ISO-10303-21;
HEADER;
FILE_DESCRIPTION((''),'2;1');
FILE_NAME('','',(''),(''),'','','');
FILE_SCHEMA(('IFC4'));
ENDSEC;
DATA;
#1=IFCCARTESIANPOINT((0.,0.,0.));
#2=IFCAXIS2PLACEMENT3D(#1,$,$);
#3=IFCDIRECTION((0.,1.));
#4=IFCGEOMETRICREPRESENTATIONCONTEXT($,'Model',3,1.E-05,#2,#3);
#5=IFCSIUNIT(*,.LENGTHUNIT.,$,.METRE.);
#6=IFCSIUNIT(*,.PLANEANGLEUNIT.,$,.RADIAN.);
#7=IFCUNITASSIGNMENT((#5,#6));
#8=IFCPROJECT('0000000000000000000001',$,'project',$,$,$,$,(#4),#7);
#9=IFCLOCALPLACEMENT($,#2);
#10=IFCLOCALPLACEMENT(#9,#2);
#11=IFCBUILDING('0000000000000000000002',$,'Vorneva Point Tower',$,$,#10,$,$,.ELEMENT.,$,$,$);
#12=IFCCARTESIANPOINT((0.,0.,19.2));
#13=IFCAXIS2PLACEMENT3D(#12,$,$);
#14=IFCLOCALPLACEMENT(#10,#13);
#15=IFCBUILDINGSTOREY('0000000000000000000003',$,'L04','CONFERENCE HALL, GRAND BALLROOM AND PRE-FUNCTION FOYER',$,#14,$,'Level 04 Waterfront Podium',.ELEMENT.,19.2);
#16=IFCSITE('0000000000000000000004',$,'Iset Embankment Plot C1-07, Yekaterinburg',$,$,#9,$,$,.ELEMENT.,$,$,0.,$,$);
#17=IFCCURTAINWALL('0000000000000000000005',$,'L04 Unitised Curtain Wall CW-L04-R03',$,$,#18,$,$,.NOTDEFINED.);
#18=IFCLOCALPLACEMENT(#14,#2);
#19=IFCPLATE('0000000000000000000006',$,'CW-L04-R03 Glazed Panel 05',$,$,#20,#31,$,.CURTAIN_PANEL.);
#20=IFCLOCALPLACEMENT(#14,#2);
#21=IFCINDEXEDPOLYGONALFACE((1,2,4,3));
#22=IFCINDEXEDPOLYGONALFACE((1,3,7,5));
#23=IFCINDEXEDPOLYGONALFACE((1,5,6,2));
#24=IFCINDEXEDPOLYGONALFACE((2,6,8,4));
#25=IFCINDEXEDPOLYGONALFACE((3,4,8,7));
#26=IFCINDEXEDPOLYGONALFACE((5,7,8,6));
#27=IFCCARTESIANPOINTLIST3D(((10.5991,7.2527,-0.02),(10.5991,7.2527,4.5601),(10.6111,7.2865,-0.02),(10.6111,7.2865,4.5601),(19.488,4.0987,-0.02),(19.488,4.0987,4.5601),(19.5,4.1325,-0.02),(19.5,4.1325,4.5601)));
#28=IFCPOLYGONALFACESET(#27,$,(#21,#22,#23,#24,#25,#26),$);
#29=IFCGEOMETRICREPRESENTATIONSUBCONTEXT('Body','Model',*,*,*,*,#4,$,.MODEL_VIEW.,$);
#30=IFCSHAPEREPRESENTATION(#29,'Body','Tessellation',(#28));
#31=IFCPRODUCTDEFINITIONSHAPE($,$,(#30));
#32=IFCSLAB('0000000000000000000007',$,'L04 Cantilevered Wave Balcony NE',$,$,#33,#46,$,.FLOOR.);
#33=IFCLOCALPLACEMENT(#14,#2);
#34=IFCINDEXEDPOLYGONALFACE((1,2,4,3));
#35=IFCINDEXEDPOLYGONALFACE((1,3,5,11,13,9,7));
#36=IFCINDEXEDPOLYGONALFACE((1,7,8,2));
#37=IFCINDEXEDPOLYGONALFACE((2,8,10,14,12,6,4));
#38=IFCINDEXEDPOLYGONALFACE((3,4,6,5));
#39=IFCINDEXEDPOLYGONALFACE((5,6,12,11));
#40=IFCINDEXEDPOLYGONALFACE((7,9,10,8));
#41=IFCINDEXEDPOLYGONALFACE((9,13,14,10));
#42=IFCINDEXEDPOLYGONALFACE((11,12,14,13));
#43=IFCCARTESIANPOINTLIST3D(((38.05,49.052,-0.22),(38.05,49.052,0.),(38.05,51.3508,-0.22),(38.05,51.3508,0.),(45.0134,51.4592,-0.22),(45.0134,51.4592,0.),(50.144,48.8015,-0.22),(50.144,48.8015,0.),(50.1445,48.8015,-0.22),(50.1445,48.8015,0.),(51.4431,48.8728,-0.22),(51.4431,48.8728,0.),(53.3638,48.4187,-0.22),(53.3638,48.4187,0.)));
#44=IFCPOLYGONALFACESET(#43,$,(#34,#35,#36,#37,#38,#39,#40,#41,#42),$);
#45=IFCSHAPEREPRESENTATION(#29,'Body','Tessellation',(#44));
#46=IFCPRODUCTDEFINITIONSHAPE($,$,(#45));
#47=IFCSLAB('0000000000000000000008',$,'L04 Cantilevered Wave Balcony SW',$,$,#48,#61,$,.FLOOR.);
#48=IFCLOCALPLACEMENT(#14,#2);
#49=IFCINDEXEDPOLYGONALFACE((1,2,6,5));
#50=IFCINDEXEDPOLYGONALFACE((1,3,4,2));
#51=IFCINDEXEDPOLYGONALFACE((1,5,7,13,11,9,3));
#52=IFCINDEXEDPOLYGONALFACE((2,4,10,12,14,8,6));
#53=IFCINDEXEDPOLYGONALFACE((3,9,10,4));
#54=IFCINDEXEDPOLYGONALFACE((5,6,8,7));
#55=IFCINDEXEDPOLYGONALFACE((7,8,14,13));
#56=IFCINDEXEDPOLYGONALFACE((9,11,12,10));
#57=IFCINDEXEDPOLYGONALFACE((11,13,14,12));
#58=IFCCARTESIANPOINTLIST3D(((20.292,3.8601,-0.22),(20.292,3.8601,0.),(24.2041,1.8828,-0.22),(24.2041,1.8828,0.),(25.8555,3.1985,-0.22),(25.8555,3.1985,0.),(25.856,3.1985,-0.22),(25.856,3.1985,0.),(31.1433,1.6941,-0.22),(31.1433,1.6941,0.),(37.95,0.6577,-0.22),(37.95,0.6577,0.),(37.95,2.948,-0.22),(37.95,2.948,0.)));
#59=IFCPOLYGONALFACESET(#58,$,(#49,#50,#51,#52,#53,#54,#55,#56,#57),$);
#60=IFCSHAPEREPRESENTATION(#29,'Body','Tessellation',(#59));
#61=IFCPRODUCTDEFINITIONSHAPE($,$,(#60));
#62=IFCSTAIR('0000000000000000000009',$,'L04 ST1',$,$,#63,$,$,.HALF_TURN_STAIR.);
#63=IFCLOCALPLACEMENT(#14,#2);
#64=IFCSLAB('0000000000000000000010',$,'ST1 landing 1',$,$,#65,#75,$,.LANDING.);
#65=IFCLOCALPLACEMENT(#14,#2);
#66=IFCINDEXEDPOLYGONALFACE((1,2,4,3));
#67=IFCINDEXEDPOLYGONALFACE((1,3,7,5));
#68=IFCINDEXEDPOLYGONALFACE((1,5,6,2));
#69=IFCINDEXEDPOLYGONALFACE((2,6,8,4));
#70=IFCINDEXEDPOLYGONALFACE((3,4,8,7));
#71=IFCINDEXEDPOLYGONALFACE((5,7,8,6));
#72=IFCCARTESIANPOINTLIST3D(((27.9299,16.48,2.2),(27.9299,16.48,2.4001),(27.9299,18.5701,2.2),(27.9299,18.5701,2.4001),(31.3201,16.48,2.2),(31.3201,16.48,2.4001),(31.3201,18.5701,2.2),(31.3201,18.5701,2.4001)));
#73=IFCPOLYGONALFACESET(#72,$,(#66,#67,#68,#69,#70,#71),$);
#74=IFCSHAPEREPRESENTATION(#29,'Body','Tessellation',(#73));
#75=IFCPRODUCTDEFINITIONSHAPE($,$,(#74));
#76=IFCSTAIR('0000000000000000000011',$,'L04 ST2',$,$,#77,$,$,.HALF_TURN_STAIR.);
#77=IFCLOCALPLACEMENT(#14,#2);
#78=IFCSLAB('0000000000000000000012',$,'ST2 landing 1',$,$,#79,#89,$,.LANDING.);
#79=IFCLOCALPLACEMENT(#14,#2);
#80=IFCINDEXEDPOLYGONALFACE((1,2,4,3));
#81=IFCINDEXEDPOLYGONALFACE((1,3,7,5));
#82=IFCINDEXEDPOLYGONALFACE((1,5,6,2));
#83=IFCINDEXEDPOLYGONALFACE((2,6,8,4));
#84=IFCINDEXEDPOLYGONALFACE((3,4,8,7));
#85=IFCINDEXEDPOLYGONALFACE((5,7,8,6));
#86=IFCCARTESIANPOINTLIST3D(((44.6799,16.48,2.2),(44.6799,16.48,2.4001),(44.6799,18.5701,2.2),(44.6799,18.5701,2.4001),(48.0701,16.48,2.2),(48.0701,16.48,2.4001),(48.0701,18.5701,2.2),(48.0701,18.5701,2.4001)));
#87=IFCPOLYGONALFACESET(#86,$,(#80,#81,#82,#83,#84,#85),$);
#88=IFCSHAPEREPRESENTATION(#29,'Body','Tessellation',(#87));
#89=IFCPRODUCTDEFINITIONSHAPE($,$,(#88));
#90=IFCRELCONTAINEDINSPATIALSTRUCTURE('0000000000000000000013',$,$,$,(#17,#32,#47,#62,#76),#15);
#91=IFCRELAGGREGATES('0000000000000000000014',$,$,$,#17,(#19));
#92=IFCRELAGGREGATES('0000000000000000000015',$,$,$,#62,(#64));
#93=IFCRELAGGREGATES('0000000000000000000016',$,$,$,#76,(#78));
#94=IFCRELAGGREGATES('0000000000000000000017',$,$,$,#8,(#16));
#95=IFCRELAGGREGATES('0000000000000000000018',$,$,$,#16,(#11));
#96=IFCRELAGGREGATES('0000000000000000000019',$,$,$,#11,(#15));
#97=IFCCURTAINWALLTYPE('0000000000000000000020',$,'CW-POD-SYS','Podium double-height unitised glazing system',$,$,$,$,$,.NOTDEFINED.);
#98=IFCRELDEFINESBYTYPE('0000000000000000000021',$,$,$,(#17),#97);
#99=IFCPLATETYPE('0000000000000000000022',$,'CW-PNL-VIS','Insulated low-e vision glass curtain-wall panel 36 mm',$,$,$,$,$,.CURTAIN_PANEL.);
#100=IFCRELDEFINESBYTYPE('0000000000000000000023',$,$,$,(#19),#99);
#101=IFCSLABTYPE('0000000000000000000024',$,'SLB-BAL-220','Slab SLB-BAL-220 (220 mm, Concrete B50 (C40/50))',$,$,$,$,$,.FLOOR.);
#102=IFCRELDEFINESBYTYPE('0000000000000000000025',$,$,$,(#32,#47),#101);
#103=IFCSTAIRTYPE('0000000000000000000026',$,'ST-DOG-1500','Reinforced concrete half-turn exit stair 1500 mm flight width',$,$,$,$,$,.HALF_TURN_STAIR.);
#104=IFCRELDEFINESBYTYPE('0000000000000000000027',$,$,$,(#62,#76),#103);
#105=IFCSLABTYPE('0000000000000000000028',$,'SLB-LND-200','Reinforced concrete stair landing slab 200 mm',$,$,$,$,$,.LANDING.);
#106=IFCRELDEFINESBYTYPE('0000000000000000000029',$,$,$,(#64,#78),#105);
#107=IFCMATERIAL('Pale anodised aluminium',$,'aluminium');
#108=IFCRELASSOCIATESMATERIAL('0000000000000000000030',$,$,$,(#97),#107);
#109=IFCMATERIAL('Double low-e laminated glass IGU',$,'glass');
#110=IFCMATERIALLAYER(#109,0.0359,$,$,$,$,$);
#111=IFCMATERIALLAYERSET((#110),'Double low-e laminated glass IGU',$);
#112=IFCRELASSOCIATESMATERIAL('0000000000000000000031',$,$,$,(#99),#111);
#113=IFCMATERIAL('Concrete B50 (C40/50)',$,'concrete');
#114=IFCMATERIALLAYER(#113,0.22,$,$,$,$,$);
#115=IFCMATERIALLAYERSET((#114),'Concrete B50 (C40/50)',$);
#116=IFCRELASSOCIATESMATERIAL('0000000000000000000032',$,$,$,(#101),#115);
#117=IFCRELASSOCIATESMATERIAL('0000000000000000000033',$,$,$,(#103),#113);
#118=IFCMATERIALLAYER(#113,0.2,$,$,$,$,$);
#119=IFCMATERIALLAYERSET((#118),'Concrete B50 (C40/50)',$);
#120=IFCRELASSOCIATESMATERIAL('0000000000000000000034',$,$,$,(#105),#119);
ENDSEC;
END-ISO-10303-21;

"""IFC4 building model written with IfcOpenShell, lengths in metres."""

from ifc_helpers import new_model, si_unit, direction, frame, origin, origin_2d, place, context, subcontext, project, spatial, polyline, rectangle, outline, extrude, material, layer, layer_set, type_object, element, aggregate, save


model = new_model("IFC4")

# Units and contexts
model_context = context("Model", 3, precision=1e-05, world=origin(), true_north=direction((0.0, 1.0)))
body_context = subcontext(model_context, "Body", "Model", "MODEL_VIEW")
ifc_project = project(units=[si_unit("LENGTHUNIT", "METRE"), si_unit("PLANEANGLEUNIT", "RADIAN")], contexts=[model_context])

# Site, building, storey
site_placement = place(None, origin())
site = spatial("IfcSite", under=ifc_project, at=site_placement, Name="Iset Embankment Plot C1-07, Yekaterinburg", CompositionType="ELEMENT", RefElevation=0.0)
building_placement = place(site_placement, origin())
building = spatial("IfcBuilding", under=site, at=building_placement, Name="Vorneva Point Tower", CompositionType="ELEMENT")
storey_placement = place(building_placement, frame((0.0, 0.0, 19.2)))
storey = spatial("IfcBuildingStorey", under=building, at=storey_placement, Name="L04", Description="CONFERENCE HALL, GRAND BALLROOM AND PRE-FUNCTION FOYER", LongName="Level 04 Waterfront Podium", CompositionType="ELEMENT", Elevation=19.2)

# Curtain wall, plate
ifc_material_1 = material(Name="Pale anodised aluminium", Category="aluminium")
curtain_wall_type = type_object("IfcCurtainWallType", Name="CW-POD-SYS", Description="Podium double-height unitised glazing system", PredefinedType="NOTDEFINED", material=ifc_material_1)
curtain_wall_placement = place(storey_placement, origin())
curtain_wall = element("IfcCurtainWall", 1, at=curtain_wall_placement, inside=storey, type_object=curtain_wall_type, Name="L04 Unitised Curtain Wall CW-L04-R03", PredefinedType="NOTDEFINED")
ifc_material_2 = material(Name="Double low-e laminated glass IGU", Category="glass")
ifc_layer_1 = layer(ifc_material_2, 0.0359)
ifc_layer_set_1 = layer_set([ifc_layer_1], Name="Double low-e laminated glass IGU")
plate_type = type_object("IfcPlateType", Name="CW-PNL-VIS", Description="Insulated low-e vision glass curtain-wall panel 36 mm", PredefinedType="CURTAIN_PANEL", material=ifc_layer_set_1)
plate_1_placement = place(storey_placement, frame((15.0496, 5.6926, -0.02), z_axis=(0.0, 0.0, 1.0), x_axis=(0.942432, -0.334399, 0.0)))
plate_1 = element("IfcPlate", 2, at=plate_1_placement, type_object=plate_type, Name="CW-L04-R03 Glazed Panel 05", PredefinedType="CURTAIN_PANEL", context=body_context, shape_type="SweptSolid", body=[
    extrude(rectangle(XDim=9.4319, YDim=0.0359, at=origin_2d()), origin(), (0.0, 0.0, 1.0), 4.5801),
])
aggregate(curtain_wall, [plate_1])

# Slabs
ifc_material_3 = material(Name="Concrete B50 (C40/50)", Category="concrete")
ifc_layer_2 = layer(ifc_material_3, 0.22)
ifc_layer_set_2 = layer_set([ifc_layer_2], Name="Concrete B50 (C40/50)")
slab_type_1 = type_object("IfcSlabType", Name="SLB-BAL-220", Description="Slab SLB-BAL-220 (220 mm, Concrete B50 (C40/50))", PredefinedType="FLOOR", material=ifc_layer_set_2)
slab_1_placement = place(storey_placement, frame((0.0, 0.0, -0.22)))
element("IfcSlab", 3, at=slab_1_placement, inside=storey, type_object=slab_type_1, Name="L04 Cantilevered Wave Balcony NE", PredefinedType="FLOOR", context=body_context, shape_type="SweptSolid", body=[
    extrude(outline(polyline([(38.05, 51.3508), (38.05, 49.052), (50.144, 48.8015), (50.1445, 48.8015), (53.3638, 48.4187), (51.4431, 48.8728), (45.0134, 51.4592), (38.05, 51.3508)])), origin(), (0.0, 0.0, 1.0), 0.22),
])
slab_2_placement = place(storey_placement, frame((0.0, 0.0, -0.22)))
element("IfcSlab", 4, at=slab_2_placement, inside=storey, type_object=slab_type_1, Name="L04 Cantilevered Wave Balcony SW", PredefinedType="FLOOR", context=body_context, shape_type="SweptSolid", body=[
    extrude(outline(polyline([(37.95, 0.6577), (37.95, 2.948), (25.856, 3.1985), (25.8555, 3.1985), (20.292, 3.8601), (24.2041, 1.8828), (31.1433, 1.6941), (37.95, 0.6577)])), origin(), (0.0, 0.0, 1.0), 0.22),
])

# Stairs, slabs
stair_type = type_object("IfcStairType", Name="ST-DOG-1500", Description="Reinforced concrete half-turn exit stair 1500 mm flight width", PredefinedType="HALF_TURN_STAIR", material=ifc_material_3)
stair_1_placement = place(storey_placement, origin())
stair_1 = element("IfcStair", 5, at=stair_1_placement, inside=storey, type_object=stair_type, Name="L04 ST1", PredefinedType="HALF_TURN_STAIR")
ifc_layer_3 = layer(ifc_material_3, 0.2)
ifc_layer_set_3 = layer_set([ifc_layer_3], Name="Concrete B50 (C40/50)")
slab_type_2 = type_object("IfcSlabType", Name="SLB-LND-200", Description="Reinforced concrete stair landing slab 200 mm", PredefinedType="LANDING", material=ifc_layer_set_3)
slab_3_placement = place(storey_placement, frame((0.0, 0.0, 2.2)))
slab_3 = element("IfcSlab", 6, at=slab_3_placement, type_object=slab_type_2, Name="ST1 landing 1", PredefinedType="LANDING", context=body_context, shape_type="SweptSolid", body=[
    extrude(outline(polyline([(27.9299, 16.48), (31.3201, 16.48), (31.3201, 18.5701), (27.9299, 18.5701), (27.9299, 16.48)])), origin(), (0.0, 0.0, 1.0), 0.2002),
])
aggregate(stair_1, [slab_3])
stair_2_placement = place(storey_placement, origin())
stair_2 = element("IfcStair", 7, at=stair_2_placement, inside=storey, type_object=stair_type, Name="L04 ST2", PredefinedType="HALF_TURN_STAIR")
slab_4_placement = place(storey_placement, frame((0.0, 0.0, 2.2)))
slab_4 = element("IfcSlab", 8, at=slab_4_placement, type_object=slab_type_2, Name="ST2 landing 1", PredefinedType="LANDING", context=body_context, shape_type="SweptSolid", body=[
    extrude(outline(polyline([(44.6799, 16.48), (48.0701, 16.48), (48.0701, 18.5701), (44.6799, 18.5701), (44.6799, 16.48)])), origin(), (0.0, 0.0, 1.0), 0.2002),
])
aggregate(stair_2, [slab_4])

save(model, "model.ifc")
